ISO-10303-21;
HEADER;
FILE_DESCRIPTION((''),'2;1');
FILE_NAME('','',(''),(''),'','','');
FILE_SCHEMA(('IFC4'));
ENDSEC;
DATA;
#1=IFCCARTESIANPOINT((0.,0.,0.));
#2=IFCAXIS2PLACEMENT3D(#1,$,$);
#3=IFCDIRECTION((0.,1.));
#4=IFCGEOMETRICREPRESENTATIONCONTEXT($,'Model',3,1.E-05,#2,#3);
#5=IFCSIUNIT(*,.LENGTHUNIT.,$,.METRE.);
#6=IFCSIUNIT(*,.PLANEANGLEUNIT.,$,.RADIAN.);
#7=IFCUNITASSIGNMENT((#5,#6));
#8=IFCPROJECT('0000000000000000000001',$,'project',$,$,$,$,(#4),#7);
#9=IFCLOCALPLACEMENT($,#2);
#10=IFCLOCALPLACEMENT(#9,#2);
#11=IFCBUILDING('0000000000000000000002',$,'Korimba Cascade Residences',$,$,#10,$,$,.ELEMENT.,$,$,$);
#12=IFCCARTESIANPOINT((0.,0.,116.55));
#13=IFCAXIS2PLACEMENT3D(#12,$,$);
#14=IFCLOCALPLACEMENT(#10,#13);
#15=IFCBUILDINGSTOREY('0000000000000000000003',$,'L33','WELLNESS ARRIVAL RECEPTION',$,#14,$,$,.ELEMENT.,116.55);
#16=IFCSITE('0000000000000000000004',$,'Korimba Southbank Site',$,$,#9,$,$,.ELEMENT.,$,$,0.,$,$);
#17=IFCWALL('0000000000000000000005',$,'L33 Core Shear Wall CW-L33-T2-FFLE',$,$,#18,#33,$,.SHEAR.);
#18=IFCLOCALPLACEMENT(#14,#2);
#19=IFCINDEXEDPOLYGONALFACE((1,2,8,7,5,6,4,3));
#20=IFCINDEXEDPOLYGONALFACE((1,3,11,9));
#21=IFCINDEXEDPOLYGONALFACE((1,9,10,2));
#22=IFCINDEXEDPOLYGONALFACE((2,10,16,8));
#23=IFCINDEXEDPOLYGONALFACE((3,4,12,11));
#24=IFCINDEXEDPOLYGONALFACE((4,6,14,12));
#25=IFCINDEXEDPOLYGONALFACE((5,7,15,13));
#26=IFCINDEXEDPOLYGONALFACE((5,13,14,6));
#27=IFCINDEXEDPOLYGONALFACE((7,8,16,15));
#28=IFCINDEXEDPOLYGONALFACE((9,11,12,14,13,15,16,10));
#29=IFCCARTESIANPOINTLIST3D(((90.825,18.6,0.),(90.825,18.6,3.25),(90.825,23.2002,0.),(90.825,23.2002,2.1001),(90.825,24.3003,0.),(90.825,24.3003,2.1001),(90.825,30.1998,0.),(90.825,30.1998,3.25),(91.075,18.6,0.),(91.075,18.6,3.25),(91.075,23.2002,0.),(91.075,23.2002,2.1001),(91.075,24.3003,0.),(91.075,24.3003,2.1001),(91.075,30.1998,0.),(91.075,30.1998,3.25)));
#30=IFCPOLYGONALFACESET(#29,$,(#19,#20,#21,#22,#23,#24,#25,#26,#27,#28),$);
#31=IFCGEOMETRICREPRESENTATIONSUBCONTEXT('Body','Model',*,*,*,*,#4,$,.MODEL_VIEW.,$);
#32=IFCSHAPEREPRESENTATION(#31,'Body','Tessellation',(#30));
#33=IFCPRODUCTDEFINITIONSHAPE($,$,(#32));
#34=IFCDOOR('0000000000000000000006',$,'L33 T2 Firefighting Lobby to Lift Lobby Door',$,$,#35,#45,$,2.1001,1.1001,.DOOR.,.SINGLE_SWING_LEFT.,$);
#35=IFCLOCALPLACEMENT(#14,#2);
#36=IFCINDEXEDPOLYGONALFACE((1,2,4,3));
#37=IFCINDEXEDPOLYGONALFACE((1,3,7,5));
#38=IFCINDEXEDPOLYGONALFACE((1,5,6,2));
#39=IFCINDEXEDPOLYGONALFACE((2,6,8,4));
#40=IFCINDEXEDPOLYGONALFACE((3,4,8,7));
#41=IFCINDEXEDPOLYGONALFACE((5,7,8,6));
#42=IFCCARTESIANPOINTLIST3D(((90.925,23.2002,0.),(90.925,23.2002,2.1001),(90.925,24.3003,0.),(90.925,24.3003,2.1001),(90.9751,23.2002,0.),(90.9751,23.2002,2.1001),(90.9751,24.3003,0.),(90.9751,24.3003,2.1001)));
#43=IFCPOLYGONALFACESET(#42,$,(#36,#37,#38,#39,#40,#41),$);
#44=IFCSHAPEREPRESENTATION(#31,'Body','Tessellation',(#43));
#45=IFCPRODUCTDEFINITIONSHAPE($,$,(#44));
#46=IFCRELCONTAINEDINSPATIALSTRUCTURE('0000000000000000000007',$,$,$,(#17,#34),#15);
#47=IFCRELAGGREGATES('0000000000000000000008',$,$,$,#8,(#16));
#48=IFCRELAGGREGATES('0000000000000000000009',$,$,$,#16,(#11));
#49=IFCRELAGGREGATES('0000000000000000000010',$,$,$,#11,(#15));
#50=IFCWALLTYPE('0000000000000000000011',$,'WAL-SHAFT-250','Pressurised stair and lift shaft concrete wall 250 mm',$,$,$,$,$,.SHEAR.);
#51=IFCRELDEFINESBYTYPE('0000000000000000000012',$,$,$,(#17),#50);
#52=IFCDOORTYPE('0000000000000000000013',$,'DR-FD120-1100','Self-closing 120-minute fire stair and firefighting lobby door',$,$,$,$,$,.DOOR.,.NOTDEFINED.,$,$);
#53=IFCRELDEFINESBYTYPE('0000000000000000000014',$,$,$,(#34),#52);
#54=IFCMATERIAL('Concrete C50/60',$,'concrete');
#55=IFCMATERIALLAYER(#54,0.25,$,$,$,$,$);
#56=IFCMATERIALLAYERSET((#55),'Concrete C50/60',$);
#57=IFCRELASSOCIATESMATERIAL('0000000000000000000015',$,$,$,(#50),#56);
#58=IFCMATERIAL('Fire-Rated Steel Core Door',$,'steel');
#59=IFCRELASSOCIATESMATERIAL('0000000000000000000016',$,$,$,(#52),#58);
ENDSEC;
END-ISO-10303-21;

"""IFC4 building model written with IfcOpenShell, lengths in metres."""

from ifc_helpers import new_model, si_unit, direction, frame, frame_2d, origin, place, context, subcontext, project, spatial, rectangle, extrude, material, layer, layer_set, type_object, element, fill, save


model = new_model("IFC4")

# Units and contexts
model_context = context("Model", 3, precision=1e-05, world=origin(), true_north=direction((0.0, 1.0)))
body_context = subcontext(model_context, "Body", "Model", "MODEL_VIEW")
ifc_project = project(units=[si_unit("LENGTHUNIT", "METRE"), si_unit("PLANEANGLEUNIT", "RADIAN")], contexts=[model_context])

# Site, building, storey
site_placement = place(None, origin())
site = spatial("IfcSite", under=ifc_project, at=site_placement, Name="Korimba Southbank Site", CompositionType="ELEMENT", RefElevation=0.0)
building_placement = place(site_placement, origin())
building = spatial("IfcBuilding", under=site, at=building_placement, Name="Korimba Cascade Residences", CompositionType="ELEMENT")
storey_placement = place(building_placement, frame((0.0, 0.0, 116.55)))
storey = spatial("IfcBuildingStorey", under=building, at=storey_placement, Name="L33", Description="WELLNESS ARRIVAL RECEPTION", CompositionType="ELEMENT", Elevation=116.55)

# Shared definitions
ifc_material_1 = material(Name="Concrete C50/60", Category="concrete")
ifc_layer_1 = layer(ifc_material_1, 0.25)
ifc_layer_set_1 = layer_set([ifc_layer_1], Name="Concrete C50/60")
wall_type_1 = type_object("IfcWallType", Name="WAL-SHAFT-250", Description="Pressurised stair and lift shaft concrete wall 250 mm", PredefinedType="SHEAR", material=ifc_layer_set_1)
ifc_material_2 = material(Name="Fire-Rated Steel Core Door", Category="steel")
door_type_1 = type_object("IfcDoorType", Name="DR-FD120-1100", Description="Self-closing 120-minute fire stair and firefighting lobby door", OperationType="NOTDEFINED", PredefinedType="DOOR", material=ifc_material_2)

# Wall, opening, door
wall_1_placement = place(storey_placement, frame((90.95, 18.6001, 0.0), z_axis=(0.0, 0.0, 1.0), x_axis=(0.0, 1.0, 0.0)))
wall_1 = element("IfcWall", 1, at=wall_1_placement, inside=storey, type_object=wall_type_1, Name="L33 Core Shear Wall CW-L33-T2-FFLE", PredefinedType="SHEAR", context=body_context, shape_type="SweptSolid", body=[
    extrude(rectangle(XDim=11.5999, YDim=0.25, at=frame_2d((5.7998, 0.0))), origin(), (0.0, 0.0, 1.0), 3.25),
])
opening_1_placement = place(wall_1_placement, frame((4.6001, 0.0, 0.0)))
opening_1 = element("IfcOpeningElement", 2, at=opening_1_placement, cuts=wall_1, PredefinedType="OPENING", context=body_context, shape_type="SweptSolid", body=[
    extrude(rectangle(XDim=1.1001, YDim=2.1001, at=frame_2d((0.55, 1.05))), frame((0.0, 0.135, 0.0), z_axis=(0.0, -1.0, 0.0), x_axis=(1.0, 0.0, 0.0)), (0.0, 0.0, 1.0), 0.27),
])
door_1_placement = place(opening_1_placement, origin())
door_1 = element("IfcDoor", 3, at=door_1_placement, inside=storey, type_object=door_type_1, Name="L33 T2 Firefighting Lobby to Lift Lobby Door", OperationType="SINGLE_SWING_LEFT", OverallHeight=2.1001, OverallWidth=1.1001, PredefinedType="DOOR", context=body_context, shape_type="SweptSolid", body=[
    extrude(rectangle(XDim=1.1001, YDim=2.1001, at=frame_2d((0.55, 1.05))), frame((0.0, 0.0249, 0.0), z_axis=(0.0, -1.0, 0.0), x_axis=(1.0, 0.0, 0.0)), (0.0, 0.0, 1.0), 0.05),
])
fill(opening_1, door_1)

save(model, "model.ifc")
